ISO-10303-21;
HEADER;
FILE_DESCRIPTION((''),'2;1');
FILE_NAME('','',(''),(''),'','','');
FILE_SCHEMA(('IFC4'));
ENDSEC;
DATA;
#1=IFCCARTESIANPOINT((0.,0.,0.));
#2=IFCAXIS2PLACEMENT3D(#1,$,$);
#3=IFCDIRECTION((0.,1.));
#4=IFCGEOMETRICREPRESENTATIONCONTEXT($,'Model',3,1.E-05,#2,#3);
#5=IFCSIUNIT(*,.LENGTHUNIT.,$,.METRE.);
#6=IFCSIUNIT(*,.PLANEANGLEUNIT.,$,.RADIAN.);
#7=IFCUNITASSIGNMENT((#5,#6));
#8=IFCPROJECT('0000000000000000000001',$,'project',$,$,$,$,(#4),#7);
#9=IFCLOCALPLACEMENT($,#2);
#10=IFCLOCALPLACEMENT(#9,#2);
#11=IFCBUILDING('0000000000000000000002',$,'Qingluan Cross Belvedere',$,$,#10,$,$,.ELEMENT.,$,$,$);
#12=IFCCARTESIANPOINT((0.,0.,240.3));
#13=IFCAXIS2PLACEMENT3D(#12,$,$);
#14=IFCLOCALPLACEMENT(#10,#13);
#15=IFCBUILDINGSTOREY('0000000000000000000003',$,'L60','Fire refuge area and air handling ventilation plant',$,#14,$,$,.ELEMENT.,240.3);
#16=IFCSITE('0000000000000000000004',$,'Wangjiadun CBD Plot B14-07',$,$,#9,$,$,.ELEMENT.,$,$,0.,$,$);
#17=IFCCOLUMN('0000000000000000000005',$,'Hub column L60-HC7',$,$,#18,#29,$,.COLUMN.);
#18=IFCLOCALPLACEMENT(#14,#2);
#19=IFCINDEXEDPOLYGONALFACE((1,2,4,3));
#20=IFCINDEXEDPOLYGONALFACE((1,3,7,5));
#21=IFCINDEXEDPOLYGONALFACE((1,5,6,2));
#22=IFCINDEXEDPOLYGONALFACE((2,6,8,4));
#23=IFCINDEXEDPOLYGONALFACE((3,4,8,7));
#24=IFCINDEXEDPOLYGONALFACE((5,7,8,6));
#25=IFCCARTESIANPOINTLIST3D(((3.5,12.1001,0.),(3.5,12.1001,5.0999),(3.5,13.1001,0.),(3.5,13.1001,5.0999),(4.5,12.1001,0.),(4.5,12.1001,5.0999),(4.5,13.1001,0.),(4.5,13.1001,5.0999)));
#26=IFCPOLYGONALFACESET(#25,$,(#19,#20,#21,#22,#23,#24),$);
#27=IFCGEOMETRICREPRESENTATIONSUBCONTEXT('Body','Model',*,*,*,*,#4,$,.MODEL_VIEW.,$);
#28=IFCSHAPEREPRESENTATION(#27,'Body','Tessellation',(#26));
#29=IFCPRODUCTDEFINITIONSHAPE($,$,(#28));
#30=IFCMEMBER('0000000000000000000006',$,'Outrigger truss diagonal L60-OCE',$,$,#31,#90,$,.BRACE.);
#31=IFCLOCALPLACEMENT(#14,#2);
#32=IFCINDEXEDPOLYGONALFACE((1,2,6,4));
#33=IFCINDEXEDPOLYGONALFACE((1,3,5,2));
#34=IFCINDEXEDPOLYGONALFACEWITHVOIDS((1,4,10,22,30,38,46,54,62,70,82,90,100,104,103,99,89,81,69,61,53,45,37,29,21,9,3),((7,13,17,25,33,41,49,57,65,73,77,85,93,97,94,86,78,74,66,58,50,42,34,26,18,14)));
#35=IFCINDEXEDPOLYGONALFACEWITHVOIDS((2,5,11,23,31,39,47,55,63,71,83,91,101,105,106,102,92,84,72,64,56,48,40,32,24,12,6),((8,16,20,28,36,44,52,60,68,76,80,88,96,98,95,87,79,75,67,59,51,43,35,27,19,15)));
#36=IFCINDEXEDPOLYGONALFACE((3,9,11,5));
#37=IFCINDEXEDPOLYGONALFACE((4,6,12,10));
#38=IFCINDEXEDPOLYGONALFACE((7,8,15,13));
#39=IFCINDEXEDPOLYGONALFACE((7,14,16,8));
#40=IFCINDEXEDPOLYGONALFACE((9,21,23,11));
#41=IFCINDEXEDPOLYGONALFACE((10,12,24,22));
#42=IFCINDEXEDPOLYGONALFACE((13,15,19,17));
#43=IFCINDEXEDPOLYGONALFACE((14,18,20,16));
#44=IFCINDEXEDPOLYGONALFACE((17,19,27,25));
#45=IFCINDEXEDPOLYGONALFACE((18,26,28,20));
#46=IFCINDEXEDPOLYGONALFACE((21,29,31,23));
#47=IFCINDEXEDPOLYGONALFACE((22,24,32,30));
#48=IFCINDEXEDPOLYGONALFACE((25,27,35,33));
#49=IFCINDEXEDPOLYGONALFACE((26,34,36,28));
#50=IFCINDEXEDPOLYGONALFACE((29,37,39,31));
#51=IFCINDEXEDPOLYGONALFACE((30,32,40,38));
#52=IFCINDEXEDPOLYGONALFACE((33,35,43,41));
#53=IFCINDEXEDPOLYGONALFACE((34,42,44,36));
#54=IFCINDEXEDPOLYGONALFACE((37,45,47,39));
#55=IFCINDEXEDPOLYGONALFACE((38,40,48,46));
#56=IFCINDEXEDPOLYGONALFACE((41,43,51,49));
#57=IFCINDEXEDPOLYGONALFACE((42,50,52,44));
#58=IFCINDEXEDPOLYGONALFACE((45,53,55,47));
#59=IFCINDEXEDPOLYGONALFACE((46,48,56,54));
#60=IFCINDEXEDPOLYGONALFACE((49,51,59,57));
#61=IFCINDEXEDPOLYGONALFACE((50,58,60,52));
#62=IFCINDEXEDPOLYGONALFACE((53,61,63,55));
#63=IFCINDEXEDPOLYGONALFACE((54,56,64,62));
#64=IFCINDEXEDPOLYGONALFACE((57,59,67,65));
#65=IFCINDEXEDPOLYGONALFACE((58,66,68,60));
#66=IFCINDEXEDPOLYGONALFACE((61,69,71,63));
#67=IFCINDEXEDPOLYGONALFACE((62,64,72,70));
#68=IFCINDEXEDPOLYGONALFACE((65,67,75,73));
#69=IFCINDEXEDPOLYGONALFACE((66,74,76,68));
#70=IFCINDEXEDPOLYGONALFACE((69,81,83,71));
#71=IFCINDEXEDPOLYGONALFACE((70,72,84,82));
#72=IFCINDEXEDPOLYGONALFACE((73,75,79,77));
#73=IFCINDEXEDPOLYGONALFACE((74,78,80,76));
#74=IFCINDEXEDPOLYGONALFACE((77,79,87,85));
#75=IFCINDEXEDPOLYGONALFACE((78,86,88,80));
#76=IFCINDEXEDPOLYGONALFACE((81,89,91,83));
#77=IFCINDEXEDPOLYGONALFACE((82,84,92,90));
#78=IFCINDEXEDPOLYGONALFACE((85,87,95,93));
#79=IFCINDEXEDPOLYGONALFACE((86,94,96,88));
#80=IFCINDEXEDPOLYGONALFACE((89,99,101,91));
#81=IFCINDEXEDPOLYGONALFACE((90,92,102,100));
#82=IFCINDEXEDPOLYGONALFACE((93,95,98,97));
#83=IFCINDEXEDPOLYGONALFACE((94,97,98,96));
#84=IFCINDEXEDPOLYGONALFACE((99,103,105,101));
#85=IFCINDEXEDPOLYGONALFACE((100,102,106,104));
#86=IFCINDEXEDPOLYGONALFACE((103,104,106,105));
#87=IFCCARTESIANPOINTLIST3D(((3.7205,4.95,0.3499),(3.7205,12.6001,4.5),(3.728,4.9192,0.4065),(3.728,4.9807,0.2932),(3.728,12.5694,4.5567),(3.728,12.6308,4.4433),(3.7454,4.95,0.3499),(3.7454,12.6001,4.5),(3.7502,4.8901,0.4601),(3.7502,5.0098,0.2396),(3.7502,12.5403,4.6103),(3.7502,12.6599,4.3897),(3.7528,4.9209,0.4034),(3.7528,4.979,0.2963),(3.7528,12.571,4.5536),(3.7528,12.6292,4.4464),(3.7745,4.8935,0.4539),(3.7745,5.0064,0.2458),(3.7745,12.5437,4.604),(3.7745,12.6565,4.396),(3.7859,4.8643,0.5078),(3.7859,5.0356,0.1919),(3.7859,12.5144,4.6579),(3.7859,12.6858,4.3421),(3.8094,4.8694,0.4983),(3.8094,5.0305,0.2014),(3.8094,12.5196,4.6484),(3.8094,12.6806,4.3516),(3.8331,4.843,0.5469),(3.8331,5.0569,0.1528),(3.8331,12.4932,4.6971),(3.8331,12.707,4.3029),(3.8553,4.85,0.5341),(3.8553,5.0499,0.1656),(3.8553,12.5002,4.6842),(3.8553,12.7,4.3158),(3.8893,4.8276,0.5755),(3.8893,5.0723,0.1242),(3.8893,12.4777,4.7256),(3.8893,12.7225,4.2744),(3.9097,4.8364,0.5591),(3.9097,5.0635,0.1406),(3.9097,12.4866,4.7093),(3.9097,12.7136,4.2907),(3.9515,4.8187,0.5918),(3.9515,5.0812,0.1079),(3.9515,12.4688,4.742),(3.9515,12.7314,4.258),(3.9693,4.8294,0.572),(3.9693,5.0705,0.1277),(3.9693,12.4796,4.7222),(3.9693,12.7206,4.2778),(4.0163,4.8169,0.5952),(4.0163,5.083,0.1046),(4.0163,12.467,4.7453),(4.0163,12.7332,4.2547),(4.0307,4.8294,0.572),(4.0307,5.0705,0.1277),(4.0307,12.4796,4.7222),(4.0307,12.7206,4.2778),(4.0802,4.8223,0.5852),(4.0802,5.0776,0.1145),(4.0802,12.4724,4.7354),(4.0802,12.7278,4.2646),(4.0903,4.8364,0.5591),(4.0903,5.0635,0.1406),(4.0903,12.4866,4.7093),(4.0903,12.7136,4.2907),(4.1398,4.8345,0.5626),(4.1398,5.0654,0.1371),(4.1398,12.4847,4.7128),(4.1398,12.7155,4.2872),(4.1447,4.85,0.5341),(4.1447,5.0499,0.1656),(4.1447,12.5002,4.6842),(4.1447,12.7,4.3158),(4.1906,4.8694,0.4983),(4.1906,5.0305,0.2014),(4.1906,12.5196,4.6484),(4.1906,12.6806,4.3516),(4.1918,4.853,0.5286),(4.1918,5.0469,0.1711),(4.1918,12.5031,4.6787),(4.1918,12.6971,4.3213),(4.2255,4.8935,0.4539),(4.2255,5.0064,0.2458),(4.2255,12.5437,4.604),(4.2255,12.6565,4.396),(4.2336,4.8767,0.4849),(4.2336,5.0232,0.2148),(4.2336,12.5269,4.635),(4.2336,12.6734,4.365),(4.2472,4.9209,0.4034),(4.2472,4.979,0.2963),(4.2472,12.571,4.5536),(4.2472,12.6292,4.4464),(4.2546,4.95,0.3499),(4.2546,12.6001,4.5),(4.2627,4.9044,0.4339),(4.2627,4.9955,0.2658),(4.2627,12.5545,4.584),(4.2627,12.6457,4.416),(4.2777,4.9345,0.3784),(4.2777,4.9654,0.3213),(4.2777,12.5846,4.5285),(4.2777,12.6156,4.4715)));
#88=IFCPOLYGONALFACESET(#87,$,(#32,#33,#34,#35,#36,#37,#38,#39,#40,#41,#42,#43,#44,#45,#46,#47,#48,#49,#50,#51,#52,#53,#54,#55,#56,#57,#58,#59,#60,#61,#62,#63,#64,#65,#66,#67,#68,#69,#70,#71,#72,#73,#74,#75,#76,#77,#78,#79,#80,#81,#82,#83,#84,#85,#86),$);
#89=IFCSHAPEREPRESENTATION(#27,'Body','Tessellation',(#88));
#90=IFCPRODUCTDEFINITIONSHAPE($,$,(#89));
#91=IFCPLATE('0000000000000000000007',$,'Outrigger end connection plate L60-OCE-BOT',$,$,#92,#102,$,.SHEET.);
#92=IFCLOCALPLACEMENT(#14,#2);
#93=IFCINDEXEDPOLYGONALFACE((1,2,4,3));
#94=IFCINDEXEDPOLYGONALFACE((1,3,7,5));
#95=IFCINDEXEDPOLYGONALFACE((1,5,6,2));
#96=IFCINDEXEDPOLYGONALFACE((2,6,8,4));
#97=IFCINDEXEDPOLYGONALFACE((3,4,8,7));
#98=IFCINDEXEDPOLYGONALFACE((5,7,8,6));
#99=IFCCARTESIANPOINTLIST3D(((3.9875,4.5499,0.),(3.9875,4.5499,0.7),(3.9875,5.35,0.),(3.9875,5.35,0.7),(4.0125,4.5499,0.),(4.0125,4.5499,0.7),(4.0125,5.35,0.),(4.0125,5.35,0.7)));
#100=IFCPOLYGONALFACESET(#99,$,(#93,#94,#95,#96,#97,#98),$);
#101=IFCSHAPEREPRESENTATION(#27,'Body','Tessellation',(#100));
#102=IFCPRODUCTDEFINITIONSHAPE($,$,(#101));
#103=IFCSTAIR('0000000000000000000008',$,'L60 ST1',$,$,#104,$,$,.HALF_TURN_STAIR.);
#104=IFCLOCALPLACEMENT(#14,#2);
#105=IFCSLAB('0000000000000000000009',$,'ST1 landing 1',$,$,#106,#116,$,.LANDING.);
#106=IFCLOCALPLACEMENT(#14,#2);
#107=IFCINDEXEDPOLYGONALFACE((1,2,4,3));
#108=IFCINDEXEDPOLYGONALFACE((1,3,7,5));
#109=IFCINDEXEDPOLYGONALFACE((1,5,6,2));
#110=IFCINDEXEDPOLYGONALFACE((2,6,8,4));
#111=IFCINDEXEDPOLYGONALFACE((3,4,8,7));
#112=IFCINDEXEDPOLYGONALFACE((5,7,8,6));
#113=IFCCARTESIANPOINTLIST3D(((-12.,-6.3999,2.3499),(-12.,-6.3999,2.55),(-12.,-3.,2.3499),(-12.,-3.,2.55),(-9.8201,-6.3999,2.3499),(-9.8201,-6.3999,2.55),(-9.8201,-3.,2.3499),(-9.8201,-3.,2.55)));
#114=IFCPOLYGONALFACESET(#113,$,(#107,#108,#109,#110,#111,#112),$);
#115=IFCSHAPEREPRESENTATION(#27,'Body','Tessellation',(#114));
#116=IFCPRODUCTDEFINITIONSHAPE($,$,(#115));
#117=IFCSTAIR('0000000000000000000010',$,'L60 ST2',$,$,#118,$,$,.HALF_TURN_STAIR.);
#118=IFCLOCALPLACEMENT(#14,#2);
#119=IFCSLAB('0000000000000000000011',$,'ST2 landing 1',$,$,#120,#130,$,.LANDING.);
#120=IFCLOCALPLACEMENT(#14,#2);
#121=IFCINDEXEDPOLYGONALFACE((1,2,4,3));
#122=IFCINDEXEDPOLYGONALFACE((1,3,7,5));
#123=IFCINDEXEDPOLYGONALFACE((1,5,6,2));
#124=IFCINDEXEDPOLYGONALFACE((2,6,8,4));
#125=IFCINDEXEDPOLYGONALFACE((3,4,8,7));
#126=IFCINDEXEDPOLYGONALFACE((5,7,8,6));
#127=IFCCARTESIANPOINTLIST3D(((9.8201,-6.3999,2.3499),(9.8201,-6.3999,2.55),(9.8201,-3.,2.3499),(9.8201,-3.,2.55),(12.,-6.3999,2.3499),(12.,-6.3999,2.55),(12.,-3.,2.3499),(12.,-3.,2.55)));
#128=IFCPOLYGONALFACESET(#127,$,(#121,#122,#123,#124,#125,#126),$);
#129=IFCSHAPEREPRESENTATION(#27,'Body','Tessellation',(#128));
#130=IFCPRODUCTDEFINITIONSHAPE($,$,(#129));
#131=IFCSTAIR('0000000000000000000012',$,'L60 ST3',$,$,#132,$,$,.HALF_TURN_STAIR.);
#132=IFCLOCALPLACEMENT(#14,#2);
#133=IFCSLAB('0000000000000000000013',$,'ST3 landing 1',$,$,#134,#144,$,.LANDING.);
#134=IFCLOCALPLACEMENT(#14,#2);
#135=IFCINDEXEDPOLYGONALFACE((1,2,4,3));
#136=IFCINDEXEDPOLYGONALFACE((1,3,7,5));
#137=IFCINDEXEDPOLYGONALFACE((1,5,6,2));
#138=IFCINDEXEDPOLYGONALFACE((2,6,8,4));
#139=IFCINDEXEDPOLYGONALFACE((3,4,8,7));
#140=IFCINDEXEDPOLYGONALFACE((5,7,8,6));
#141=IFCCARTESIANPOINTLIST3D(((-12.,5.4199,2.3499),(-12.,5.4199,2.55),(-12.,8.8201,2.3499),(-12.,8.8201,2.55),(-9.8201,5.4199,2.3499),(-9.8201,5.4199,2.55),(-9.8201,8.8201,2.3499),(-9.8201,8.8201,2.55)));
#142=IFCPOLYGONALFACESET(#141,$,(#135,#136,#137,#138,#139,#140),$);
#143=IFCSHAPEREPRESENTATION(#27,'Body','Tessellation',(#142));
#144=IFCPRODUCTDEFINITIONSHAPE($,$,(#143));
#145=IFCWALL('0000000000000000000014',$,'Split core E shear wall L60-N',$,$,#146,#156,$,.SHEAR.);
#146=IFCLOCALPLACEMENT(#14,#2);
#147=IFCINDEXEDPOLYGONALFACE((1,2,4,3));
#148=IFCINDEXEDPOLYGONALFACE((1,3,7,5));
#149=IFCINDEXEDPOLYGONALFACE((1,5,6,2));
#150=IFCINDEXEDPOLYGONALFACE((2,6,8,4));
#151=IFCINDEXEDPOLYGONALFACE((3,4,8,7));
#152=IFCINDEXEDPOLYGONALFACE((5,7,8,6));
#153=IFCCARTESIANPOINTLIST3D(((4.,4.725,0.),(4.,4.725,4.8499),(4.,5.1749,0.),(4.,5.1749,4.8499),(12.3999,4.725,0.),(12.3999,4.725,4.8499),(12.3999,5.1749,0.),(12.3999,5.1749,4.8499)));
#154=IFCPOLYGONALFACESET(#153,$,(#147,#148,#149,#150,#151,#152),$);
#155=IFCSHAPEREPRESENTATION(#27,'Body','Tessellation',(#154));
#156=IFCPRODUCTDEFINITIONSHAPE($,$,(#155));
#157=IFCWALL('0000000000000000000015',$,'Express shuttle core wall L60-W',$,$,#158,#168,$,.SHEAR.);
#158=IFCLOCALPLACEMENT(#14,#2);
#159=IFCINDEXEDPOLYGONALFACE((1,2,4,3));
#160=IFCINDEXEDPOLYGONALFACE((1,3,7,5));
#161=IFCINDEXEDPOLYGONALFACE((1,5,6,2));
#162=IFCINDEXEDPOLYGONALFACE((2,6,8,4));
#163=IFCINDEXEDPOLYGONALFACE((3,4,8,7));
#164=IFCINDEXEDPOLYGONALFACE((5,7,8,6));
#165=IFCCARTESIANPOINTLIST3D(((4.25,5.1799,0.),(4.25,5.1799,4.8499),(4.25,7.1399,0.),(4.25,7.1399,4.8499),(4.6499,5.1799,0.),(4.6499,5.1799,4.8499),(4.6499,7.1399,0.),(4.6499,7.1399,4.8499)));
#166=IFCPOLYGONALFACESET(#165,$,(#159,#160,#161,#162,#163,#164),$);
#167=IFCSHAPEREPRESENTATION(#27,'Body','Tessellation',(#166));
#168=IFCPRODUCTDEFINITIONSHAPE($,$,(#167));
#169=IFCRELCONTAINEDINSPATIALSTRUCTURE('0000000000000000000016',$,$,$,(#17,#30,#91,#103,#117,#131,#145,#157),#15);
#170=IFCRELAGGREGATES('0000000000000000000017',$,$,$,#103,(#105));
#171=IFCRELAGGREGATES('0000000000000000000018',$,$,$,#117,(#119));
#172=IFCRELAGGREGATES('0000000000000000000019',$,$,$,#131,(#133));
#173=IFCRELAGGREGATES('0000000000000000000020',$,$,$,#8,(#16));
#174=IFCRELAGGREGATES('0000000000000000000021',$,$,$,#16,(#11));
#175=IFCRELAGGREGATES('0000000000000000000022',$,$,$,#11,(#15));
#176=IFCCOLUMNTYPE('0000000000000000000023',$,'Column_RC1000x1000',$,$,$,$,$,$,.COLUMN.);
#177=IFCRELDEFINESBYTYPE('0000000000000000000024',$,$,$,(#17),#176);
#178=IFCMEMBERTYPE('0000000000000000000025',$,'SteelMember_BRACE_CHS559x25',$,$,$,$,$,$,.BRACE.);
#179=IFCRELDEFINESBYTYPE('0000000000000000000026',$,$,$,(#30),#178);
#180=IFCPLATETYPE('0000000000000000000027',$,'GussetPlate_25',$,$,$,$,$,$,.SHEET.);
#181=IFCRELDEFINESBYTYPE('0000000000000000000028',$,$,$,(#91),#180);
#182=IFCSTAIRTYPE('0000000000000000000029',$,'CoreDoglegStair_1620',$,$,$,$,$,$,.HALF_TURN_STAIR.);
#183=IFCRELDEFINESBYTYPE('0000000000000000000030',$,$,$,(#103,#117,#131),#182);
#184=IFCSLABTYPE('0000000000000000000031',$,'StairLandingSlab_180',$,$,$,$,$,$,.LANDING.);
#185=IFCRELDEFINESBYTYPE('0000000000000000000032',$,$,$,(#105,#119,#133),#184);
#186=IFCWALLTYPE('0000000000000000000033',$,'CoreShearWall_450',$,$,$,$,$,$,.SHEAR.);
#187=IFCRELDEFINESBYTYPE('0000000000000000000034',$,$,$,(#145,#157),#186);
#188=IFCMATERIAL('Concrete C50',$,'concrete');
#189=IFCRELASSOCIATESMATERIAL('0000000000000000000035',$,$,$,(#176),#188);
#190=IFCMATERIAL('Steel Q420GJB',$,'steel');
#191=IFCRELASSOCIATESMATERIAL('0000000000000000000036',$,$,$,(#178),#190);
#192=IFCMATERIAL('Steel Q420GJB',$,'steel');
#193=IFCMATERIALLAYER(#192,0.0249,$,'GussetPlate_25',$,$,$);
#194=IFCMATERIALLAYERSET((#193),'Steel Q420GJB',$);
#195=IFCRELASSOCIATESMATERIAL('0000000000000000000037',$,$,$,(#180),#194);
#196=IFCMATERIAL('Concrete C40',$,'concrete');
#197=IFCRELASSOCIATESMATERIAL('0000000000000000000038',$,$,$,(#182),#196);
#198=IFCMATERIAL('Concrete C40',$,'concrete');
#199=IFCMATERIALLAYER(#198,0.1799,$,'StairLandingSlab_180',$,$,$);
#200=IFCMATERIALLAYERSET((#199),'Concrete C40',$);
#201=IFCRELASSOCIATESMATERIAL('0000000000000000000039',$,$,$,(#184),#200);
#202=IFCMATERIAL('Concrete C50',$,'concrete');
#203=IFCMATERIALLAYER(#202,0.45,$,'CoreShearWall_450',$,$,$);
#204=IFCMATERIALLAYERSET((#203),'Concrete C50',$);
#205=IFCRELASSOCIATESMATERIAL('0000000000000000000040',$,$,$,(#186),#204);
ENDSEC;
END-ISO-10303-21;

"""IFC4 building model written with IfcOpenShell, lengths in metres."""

from ifc_helpers import new_model, si_unit, direction, frame, frame_2d, origin, origin_2d, place, context, subcontext, project, spatial, polyline, rectangle, hollow_circle, outline, extrude, material, layer, layer_set, material_profile, profile_set, type_object, element, aggregate, save


model = new_model("IFC4")

# Units and contexts
model_context = context("Model", 3, precision=1e-05, world=origin(), true_north=direction((0.0, 1.0)))
body_context = subcontext(model_context, "Body", "Model", "MODEL_VIEW")
ifc_project = project(units=[si_unit("LENGTHUNIT", "METRE"), si_unit("PLANEANGLEUNIT", "RADIAN")], contexts=[model_context])

# Site, building, storey
site_placement = place(None, origin())
site = spatial("IfcSite", under=ifc_project, at=site_placement, Name="Wangjiadun CBD Plot B14-07", CompositionType="ELEMENT", RefElevation=0.0)
building_placement = place(site_placement, origin())
building = spatial("IfcBuilding", under=site, at=building_placement, Name="Qingluan Cross Belvedere", CompositionType="ELEMENT")
storey_placement = place(building_placement, frame((0.0, 0.0, 240.3)))
storey = spatial("IfcBuildingStorey", under=building, at=storey_placement, Name="L60", Description="Fire refuge area and air handling ventilation plant", CompositionType="ELEMENT", Elevation=240.3)

# Column
ifc_material_1 = material(Name="Concrete C50", Category="concrete")
ifc_material_profile_1 = material_profile(ifc_material_1, rectangle(XDim=1.0, YDim=1.0, at=origin_2d()), Name="RC1000x1000")
ifc_profile_set_1 = profile_set([ifc_material_profile_1], Name="Concrete C50")
column_type = type_object("IfcColumnType", Name="Column_RC1000x1000", PredefinedType="COLUMN", material=ifc_profile_set_1)
column_placement = place(storey_placement, frame((4.0, 12.6001, 0.0), z_axis=(0.0, 0.0, 1.0), x_axis=(1.0, 0.0, 0.0)))
element("IfcColumn", 1, at=column_placement, inside=storey, type_object=column_type, Name="Hub column L60-HC7", PredefinedType="COLUMN", context=body_context, shape_type="SweptSolid", body=[
    extrude(rectangle(XDim=1.0, YDim=1.0, at=origin_2d()), origin(), (0.0, 0.0, 1.0), 5.0999),
])

# Member
ifc_material_2 = material(Name="Steel Q420GJB", Category="steel")
ifc_material_profile_2 = material_profile(ifc_material_2, hollow_circle(Radius=0.2795, WallThickness=0.0249, at=origin_2d()), Name="CHS559x25")
ifc_profile_set_2 = profile_set([ifc_material_profile_2], Name="Steel Q420GJB")
member_type = type_object("IfcMemberType", Name="SteelMember_BRACE_CHS559x25", PredefinedType="BRACE", material=ifc_profile_set_2)
member_placement = place(storey_placement, frame((4.0, 4.95, 0.3499), z_axis=(0.0, 0.878988, 0.476844), x_axis=(-1.0, 0.0, 0.0)))
element("IfcMember", 2, at=member_placement, inside=storey, type_object=member_type, Name="Outrigger truss diagonal L60-OCE", PredefinedType="BRACE", context=body_context, shape_type="SweptSolid", body=[
    extrude(hollow_circle(Radius=0.2795, WallThickness=0.0249, at=origin_2d()), origin(), (0.0, 0.0, 1.0), 8.7034),
])

# Plate
ifc_material_3 = material(Name="Steel Q420GJB", Category="steel")
ifc_layer_1 = layer(ifc_material_3, 0.0249, Name="GussetPlate_25")
ifc_layer_set_1 = layer_set([ifc_layer_1], Name="Steel Q420GJB")
plate_type = type_object("IfcPlateType", Name="GussetPlate_25", PredefinedType="SHEET", material=ifc_layer_set_1)
plate_placement = place(storey_placement, frame((4.0, 4.95, 0.0), z_axis=(0.0, 0.0, 1.0), x_axis=(0.0, 1.0, 0.0)))
element("IfcPlate", 3, at=plate_placement, inside=storey, type_object=plate_type, Name="Outrigger end connection plate L60-OCE-BOT", PredefinedType="SHEET", context=body_context, shape_type="SweptSolid", body=[
    extrude(rectangle(XDim=0.8, YDim=0.0249, at=origin_2d()), origin(), (0.0, 0.0, 1.0), 0.7),
])

# Stairs, slabs
ifc_material_4 = material(Name="Concrete C40", Category="concrete")
stair_type = type_object("IfcStairType", Name="CoreDoglegStair_1620", PredefinedType="HALF_TURN_STAIR", material=ifc_material_4)
stair_1_placement = place(storey_placement, origin())
stair_1 = element("IfcStair", 4, at=stair_1_placement, inside=storey, type_object=stair_type, Name="L60 ST1", PredefinedType="HALF_TURN_STAIR")
ifc_material_5 = material(Name="Concrete C40", Category="concrete")
ifc_layer_2 = layer(ifc_material_5, 0.1799, Name="StairLandingSlab_180")
ifc_layer_set_2 = layer_set([ifc_layer_2], Name="Concrete C40")
slab_type = type_object("IfcSlabType", Name="StairLandingSlab_180", PredefinedType="LANDING", material=ifc_layer_set_2)
slab_1_placement = place(storey_placement, frame((0.0, 0.0, 2.3499)))
slab_1 = element("IfcSlab", 5, at=slab_1_placement, type_object=slab_type, Name="ST1 landing 1", PredefinedType="LANDING", context=body_context, shape_type="SweptSolid", body=[
    extrude(outline(polyline([(-9.8201, -3.0), (-12.0, -3.0), (-12.0, -6.3999), (-9.8201, -6.3999), (-9.8201, -3.0)])), origin(), (0.0, 0.0, 1.0), 0.2002),
])
aggregate(stair_1, [slab_1])
stair_2_placement = place(storey_placement, origin())
stair_2 = element("IfcStair", 6, at=stair_2_placement, inside=storey, type_object=stair_type, Name="L60 ST2", PredefinedType="HALF_TURN_STAIR")
slab_2_placement = place(storey_placement, frame((0.0, 0.0, 2.3499)))
slab_2 = element("IfcSlab", 7, at=slab_2_placement, type_object=slab_type, Name="ST2 landing 1", PredefinedType="LANDING", context=body_context, shape_type="SweptSolid", body=[
    extrude(outline(polyline([(9.8201, -6.3999), (12.0, -6.3999), (12.0, -3.0), (9.8201, -3.0), (9.8201, -6.3999)])), origin(), (0.0, 0.0, 1.0), 0.2002),
])
aggregate(stair_2, [slab_2])
stair_3_placement = place(storey_placement, origin())
stair_3 = element("IfcStair", 8, at=stair_3_placement, inside=storey, type_object=stair_type, Name="L60 ST3", PredefinedType="HALF_TURN_STAIR")
slab_3_placement = place(storey_placement, frame((0.0, 0.0, 2.3499)))
slab_3 = element("IfcSlab", 9, at=slab_3_placement, type_object=slab_type, Name="ST3 landing 1", PredefinedType="LANDING", context=body_context, shape_type="SweptSolid", body=[
    extrude(outline(polyline([(-9.8201, 8.8201), (-12.0, 8.8201), (-12.0, 5.4199), (-9.8201, 5.4199), (-9.8201, 8.8201)])), origin(), (0.0, 0.0, 1.0), 0.2002),
])
aggregate(stair_3, [slab_3])

# Walls
ifc_material_6 = material(Name="Concrete C50", Category="concrete")
ifc_layer_3 = layer(ifc_material_6, 0.45, Name="CoreShearWall_450")
ifc_layer_set_3 = layer_set([ifc_layer_3], Name="Concrete C50")
wall_type_1 = type_object("IfcWallType", Name="CoreShearWall_450", PredefinedType="SHEAR", material=ifc_layer_set_3)
wall_1_placement = place(storey_placement, frame((4.0, 4.95, 0.0), z_axis=(0.0, 0.0, 1.0), x_axis=(1.0, 0.0, 0.0)))
element("IfcWall", 10, at=wall_1_placement, inside=storey, type_object=wall_type_1, Name="Split core E shear wall L60-N", PredefinedType="SHEAR", context=body_context, shape_type="SweptSolid", body=[
    extrude(rectangle(XDim=8.3999, YDim=0.45, at=frame_2d((4.2, 0.0))), origin(), (0.0, 0.0, 1.0), 4.8499),
])
wall_2_placement = place(storey_placement, frame((4.45, 5.1799, 0.0), z_axis=(0.0, 0.0, 1.0), x_axis=(0.0, 1.0, 0.0)))
element("IfcWall", 11, at=wall_2_placement, inside=storey, type_object=wall_type_1, Name="Express shuttle core wall L60-W", PredefinedType="SHEAR", context=body_context, shape_type="SweptSolid", body=[
    extrude(rectangle(XDim=1.96, YDim=0.3999, at=frame_2d((0.98, 0.0))), origin(), (0.0, 0.0, 1.0), 4.8499),
])

save(model, "model.ifc")
